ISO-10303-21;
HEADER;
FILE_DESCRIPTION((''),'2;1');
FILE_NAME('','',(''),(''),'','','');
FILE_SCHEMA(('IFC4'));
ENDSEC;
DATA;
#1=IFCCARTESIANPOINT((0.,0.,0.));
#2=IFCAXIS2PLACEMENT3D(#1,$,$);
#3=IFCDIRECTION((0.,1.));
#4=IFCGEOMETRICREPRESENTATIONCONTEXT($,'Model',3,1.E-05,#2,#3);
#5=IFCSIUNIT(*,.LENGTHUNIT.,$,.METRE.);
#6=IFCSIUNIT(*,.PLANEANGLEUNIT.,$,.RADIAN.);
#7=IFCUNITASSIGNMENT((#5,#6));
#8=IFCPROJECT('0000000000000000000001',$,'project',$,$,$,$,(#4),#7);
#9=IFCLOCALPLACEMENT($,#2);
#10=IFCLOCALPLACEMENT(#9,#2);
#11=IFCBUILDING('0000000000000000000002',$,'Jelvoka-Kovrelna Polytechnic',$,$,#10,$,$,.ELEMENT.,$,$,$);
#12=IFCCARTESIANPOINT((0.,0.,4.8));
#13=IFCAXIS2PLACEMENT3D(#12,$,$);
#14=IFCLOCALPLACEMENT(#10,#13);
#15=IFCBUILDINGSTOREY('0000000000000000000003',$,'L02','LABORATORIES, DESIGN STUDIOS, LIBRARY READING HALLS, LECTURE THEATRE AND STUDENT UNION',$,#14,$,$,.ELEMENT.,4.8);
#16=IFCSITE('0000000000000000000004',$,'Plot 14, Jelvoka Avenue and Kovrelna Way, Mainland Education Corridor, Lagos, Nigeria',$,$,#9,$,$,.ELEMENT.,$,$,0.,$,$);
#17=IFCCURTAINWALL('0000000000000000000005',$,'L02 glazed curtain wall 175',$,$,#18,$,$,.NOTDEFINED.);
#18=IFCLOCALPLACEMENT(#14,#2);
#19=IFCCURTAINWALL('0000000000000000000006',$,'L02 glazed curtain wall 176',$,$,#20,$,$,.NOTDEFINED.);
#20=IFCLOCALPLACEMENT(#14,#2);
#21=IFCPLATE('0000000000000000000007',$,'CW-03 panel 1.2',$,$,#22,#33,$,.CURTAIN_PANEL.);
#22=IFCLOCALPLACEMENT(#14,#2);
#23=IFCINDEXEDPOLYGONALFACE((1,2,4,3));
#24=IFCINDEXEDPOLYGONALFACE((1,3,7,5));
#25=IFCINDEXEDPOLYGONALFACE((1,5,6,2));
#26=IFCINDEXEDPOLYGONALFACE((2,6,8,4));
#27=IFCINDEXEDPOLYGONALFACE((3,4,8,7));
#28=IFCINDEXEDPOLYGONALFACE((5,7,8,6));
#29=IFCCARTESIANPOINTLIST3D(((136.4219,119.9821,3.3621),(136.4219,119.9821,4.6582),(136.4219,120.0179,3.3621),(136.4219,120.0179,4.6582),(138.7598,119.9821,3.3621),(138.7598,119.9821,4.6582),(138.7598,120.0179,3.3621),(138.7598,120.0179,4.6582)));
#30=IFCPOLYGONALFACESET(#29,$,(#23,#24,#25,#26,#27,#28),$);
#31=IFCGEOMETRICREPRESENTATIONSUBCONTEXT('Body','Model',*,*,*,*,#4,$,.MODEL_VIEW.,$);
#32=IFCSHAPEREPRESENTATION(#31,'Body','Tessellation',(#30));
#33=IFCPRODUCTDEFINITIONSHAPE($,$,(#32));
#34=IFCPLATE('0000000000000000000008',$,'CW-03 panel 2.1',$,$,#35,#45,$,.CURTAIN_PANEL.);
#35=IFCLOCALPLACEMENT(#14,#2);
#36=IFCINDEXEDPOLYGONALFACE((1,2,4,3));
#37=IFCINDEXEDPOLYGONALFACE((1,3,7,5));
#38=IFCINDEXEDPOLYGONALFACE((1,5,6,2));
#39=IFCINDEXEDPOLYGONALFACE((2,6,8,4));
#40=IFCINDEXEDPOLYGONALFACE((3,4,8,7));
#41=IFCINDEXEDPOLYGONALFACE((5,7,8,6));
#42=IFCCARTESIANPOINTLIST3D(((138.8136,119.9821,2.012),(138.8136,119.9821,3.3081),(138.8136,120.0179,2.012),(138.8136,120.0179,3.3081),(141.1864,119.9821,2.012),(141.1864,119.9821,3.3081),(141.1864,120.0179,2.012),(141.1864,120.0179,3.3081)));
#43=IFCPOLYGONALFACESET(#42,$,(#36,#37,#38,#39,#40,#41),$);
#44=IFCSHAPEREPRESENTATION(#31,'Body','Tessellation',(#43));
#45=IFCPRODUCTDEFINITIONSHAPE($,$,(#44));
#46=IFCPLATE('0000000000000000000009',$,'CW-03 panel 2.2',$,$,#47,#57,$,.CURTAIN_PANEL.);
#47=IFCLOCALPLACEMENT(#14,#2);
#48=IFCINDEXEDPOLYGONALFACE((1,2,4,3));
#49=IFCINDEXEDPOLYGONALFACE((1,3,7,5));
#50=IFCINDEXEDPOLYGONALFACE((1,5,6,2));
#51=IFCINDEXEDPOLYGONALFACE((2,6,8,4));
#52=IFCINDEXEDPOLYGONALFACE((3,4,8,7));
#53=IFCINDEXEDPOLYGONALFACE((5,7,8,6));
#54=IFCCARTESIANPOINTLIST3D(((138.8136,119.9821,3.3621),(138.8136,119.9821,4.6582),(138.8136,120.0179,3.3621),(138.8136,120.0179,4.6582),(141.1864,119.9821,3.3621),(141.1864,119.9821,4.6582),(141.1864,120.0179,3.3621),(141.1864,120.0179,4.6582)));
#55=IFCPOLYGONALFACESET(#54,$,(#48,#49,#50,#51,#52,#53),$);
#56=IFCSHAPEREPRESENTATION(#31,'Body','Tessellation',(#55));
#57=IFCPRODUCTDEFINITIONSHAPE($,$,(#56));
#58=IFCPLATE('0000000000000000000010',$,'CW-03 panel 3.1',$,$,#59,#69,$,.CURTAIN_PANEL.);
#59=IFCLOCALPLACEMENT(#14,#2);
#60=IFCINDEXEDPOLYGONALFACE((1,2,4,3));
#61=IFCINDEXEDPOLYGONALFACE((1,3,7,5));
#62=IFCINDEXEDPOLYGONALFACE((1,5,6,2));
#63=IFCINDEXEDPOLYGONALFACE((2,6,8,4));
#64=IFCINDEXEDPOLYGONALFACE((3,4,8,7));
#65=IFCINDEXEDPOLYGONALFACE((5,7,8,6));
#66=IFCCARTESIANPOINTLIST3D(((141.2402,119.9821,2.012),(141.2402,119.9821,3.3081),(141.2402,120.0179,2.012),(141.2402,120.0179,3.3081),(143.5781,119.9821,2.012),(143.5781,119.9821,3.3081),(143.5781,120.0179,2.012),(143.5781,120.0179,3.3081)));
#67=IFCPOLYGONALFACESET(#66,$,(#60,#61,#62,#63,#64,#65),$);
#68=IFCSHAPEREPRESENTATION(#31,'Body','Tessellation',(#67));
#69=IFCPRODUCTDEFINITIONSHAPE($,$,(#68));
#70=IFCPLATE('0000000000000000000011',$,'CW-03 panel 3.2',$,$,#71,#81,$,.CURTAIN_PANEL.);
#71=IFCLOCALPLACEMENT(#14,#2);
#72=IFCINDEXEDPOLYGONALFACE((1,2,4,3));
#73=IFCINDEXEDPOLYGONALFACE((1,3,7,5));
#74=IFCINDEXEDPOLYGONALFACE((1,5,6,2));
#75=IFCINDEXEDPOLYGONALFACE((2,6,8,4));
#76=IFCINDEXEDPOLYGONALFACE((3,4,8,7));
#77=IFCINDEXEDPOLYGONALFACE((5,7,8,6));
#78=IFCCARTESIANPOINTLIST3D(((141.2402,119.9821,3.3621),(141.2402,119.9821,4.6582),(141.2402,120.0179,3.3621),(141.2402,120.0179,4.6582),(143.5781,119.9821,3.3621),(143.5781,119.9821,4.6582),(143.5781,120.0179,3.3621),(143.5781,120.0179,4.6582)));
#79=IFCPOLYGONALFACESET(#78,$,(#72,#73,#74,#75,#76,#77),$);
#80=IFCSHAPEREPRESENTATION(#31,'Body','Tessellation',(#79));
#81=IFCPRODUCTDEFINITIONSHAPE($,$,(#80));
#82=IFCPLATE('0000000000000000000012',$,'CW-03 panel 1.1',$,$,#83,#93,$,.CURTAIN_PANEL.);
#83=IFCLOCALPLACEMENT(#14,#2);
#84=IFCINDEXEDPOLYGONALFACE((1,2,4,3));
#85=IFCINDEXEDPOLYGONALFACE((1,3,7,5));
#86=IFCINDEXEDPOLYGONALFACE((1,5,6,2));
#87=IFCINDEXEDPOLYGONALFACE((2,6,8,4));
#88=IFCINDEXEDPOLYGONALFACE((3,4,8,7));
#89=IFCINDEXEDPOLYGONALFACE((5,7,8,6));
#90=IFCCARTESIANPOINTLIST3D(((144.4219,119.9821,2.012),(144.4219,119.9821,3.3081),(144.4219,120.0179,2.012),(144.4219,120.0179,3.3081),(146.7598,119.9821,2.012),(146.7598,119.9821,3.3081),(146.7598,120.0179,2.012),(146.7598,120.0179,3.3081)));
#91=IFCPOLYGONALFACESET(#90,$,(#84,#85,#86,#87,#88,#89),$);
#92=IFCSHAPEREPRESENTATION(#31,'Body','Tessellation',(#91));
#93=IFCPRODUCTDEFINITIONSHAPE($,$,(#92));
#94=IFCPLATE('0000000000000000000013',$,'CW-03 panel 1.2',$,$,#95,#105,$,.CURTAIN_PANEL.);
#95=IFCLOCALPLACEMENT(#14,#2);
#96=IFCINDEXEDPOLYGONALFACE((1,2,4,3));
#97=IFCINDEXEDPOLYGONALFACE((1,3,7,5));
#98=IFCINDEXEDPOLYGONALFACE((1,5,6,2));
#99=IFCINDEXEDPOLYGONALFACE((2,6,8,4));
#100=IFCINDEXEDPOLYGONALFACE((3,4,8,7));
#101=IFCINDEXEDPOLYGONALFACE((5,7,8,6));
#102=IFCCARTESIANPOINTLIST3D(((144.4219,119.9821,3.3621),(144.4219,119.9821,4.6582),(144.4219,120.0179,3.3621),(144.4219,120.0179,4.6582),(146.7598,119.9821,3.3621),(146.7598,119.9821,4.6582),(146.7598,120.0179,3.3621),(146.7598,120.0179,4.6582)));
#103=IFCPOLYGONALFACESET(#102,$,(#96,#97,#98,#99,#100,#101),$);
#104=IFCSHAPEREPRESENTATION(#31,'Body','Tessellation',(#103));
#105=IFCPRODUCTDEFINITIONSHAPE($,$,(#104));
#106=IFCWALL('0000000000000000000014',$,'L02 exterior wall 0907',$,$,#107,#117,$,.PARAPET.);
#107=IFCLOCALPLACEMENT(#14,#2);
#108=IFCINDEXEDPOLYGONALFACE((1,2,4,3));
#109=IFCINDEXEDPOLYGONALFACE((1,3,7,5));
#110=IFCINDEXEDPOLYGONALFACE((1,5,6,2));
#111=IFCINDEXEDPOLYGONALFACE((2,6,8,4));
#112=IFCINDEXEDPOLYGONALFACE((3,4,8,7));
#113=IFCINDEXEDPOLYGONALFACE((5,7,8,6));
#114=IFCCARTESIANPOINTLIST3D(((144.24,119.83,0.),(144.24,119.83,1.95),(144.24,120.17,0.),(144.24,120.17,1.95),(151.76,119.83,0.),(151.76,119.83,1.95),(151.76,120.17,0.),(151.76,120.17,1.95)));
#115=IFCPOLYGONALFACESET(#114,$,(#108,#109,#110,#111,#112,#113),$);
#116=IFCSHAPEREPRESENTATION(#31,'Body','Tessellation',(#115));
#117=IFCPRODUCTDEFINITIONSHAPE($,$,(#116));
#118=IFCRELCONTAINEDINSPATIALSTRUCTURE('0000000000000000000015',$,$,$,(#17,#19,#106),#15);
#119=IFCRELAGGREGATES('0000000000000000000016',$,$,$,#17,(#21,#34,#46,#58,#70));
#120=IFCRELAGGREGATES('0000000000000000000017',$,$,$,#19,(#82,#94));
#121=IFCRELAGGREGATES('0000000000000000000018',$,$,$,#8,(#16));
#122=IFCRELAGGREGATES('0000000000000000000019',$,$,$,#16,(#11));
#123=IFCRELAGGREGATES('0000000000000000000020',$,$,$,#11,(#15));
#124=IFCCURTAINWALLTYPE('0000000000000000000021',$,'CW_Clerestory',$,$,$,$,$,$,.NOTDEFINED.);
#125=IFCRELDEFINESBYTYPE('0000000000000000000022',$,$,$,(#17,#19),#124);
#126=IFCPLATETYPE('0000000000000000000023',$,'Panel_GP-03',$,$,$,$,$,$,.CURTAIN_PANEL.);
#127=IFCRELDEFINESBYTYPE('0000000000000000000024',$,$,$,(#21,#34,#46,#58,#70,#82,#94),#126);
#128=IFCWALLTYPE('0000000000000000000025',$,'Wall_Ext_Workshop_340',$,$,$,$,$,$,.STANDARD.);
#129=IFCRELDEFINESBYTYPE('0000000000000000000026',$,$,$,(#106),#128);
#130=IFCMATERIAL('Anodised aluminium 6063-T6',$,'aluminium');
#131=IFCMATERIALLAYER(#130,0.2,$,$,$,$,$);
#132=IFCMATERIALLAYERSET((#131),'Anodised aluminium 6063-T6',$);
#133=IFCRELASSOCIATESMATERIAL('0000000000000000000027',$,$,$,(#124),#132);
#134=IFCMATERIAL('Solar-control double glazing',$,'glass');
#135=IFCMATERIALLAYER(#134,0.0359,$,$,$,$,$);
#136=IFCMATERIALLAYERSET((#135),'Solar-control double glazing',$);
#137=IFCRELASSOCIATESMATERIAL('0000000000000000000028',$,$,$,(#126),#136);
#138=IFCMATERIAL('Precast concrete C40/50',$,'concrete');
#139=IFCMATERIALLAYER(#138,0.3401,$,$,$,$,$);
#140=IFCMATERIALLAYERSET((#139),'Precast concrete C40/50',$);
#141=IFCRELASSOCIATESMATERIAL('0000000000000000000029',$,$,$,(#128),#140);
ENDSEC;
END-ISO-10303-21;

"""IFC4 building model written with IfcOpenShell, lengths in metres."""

from ifc_helpers import new_model, si_unit, direction, frame, frame_2d, origin, origin_2d, place, context, subcontext, project, spatial, rectangle, extrude, material, layer, layer_set, type_object, element, aggregate, save


model = new_model("IFC4")

# Units and contexts
model_context = context("Model", 3, precision=1e-05, world=origin(), true_north=direction((0.0, 1.0)))
body_context = subcontext(model_context, "Body", "Model", "MODEL_VIEW")
ifc_project = project(units=[si_unit("LENGTHUNIT", "METRE"), si_unit("PLANEANGLEUNIT", "RADIAN")], contexts=[model_context])

# Site, building, storey
site_placement = place(None, origin())
site = spatial("IfcSite", under=ifc_project, at=site_placement, Name="Plot 14, Jelvoka Avenue and Kovrelna Way, Mainland Education Corridor, Lagos, Nigeria", CompositionType="ELEMENT", RefElevation=0.0)
building_placement = place(site_placement, origin())
building = spatial("IfcBuilding", under=site, at=building_placement, Name="Jelvoka-Kovrelna Polytechnic", CompositionType="ELEMENT")
storey_placement = place(building_placement, frame((0.0, 0.0, 4.8)))
storey = spatial("IfcBuildingStorey", under=building, at=storey_placement, Name="L02", Description="LABORATORIES, DESIGN STUDIOS, LIBRARY READING HALLS, LECTURE THEATRE AND STUDENT UNION", CompositionType="ELEMENT", Elevation=4.8)

# Curtain walls
ifc_material_1 = material(Name="Anodised aluminium 6063-T6", Category="aluminium")
ifc_layer_1 = layer(ifc_material_1, 0.2)
ifc_layer_set_1 = layer_set([ifc_layer_1], Name="Anodised aluminium 6063-T6")
curtain_wall_type = type_object("IfcCurtainWallType", Name="CW_Clerestory", PredefinedType="NOTDEFINED", material=ifc_layer_set_1)
curtain_wall_1_placement = place(storey_placement, origin())
curtain_wall_1 = element("IfcCurtainWall", 1, at=curtain_wall_1_placement, inside=storey, type_object=curtain_wall_type, Name="L02 glazed curtain wall 175", PredefinedType="NOTDEFINED")
curtain_wall_2_placement = place(storey_placement, origin())
curtain_wall_2 = element("IfcCurtainWall", 2, at=curtain_wall_2_placement, inside=storey, type_object=curtain_wall_type, Name="L02 glazed curtain wall 176", PredefinedType="NOTDEFINED")

# Plates
ifc_material_2 = material(Name="Solar-control double glazing", Category="glass")
ifc_layer_2 = layer(ifc_material_2, 0.0359)
ifc_layer_set_2 = layer_set([ifc_layer_2], Name="Solar-control double glazing")
plate_type = type_object("IfcPlateType", Name="Panel_GP-03", PredefinedType="CURTAIN_PANEL", material=ifc_layer_set_2)
plate_1_placement = place(storey_placement, frame((137.5908, 120.0, 3.3621), z_axis=(0.0, 0.0, 1.0), x_axis=(1.0, 0.0, 0.0)))
plate_1 = element("IfcPlate", 3, at=plate_1_placement, type_object=plate_type, Name="CW-03 panel 1.2", PredefinedType="CURTAIN_PANEL", context=body_context, shape_type="SweptSolid", body=[
    extrude(rectangle(XDim=2.3379, YDim=0.0359, at=origin_2d()), origin(), (0.0, 0.0, 1.0), 1.2961),
])
plate_2_placement = place(storey_placement, frame((140.0, 120.0, 2.012), z_axis=(0.0, 0.0, 1.0), x_axis=(1.0, 0.0, 0.0)))
plate_2 = element("IfcPlate", 4, at=plate_2_placement, type_object=plate_type, Name="CW-03 panel 2.1", PredefinedType="CURTAIN_PANEL", context=body_context, shape_type="SweptSolid", body=[
    extrude(rectangle(XDim=2.3728, YDim=0.0359, at=origin_2d()), origin(), (0.0, 0.0, 1.0), 1.2961),
])
plate_3_placement = place(storey_placement, frame((140.0, 120.0, 3.3621), z_axis=(0.0, 0.0, 1.0), x_axis=(1.0, 0.0, 0.0)))
plate_3 = element("IfcPlate", 5, at=plate_3_placement, type_object=plate_type, Name="CW-03 panel 2.2", PredefinedType="CURTAIN_PANEL", context=body_context, shape_type="SweptSolid", body=[
    extrude(rectangle(XDim=2.3728, YDim=0.0359, at=origin_2d()), origin(), (0.0, 0.0, 1.0), 1.2961),
])
plate_4_placement = place(storey_placement, frame((142.4092, 120.0, 2.012), z_axis=(0.0, 0.0, 1.0), x_axis=(1.0, 0.0, 0.0)))
plate_4 = element("IfcPlate", 6, at=plate_4_placement, type_object=plate_type, Name="CW-03 panel 3.1", PredefinedType="CURTAIN_PANEL", context=body_context, shape_type="SweptSolid", body=[
    extrude(rectangle(XDim=2.3379, YDim=0.0359, at=origin_2d()), origin(), (0.0, 0.0, 1.0), 1.2961),
])
plate_5_placement = place(storey_placement, frame((142.4092, 120.0, 3.3621), z_axis=(0.0, 0.0, 1.0), x_axis=(1.0, 0.0, 0.0)))
plate_5 = element("IfcPlate", 7, at=plate_5_placement, type_object=plate_type, Name="CW-03 panel 3.2", PredefinedType="CURTAIN_PANEL", context=body_context, shape_type="SweptSolid", body=[
    extrude(rectangle(XDim=2.3379, YDim=0.0359, at=origin_2d()), origin(), (0.0, 0.0, 1.0), 1.2961),
])
aggregate(curtain_wall_1, [plate_1, plate_2, plate_3, plate_4, plate_5])
plate_6_placement = place(storey_placement, frame((145.5908, 120.0, 2.012), z_axis=(0.0, 0.0, 1.0), x_axis=(1.0, 0.0, 0.0)))
plate_6 = element("IfcPlate", 8, at=plate_6_placement, type_object=plate_type, Name="CW-03 panel 1.1", PredefinedType="CURTAIN_PANEL", context=body_context, shape_type="SweptSolid", body=[
    extrude(rectangle(XDim=2.3379, YDim=0.0359, at=origin_2d()), origin(), (0.0, 0.0, 1.0), 1.2961),
])
plate_7_placement = place(storey_placement, frame((145.5908, 120.0, 3.3621), z_axis=(0.0, 0.0, 1.0), x_axis=(1.0, 0.0, 0.0)))
plate_7 = element("IfcPlate", 9, at=plate_7_placement, type_object=plate_type, Name="CW-03 panel 1.2", PredefinedType="CURTAIN_PANEL", context=body_context, shape_type="SweptSolid", body=[
    extrude(rectangle(XDim=2.3379, YDim=0.0359, at=origin_2d()), origin(), (0.0, 0.0, 1.0), 1.2961),
])
aggregate(curtain_wall_2, [plate_6, plate_7])

# Wall
ifc_material_3 = material(Name="Precast concrete C40/50", Category="concrete")
ifc_layer_3 = layer(ifc_material_3, 0.3401)
ifc_layer_set_3 = layer_set([ifc_layer_3], Name="Precast concrete C40/50")
wall_type = type_object("IfcWallType", Name="Wall_Ext_Workshop_340", PredefinedType="STANDARD", material=ifc_layer_set_3)
wall_placement = place(storey_placement, frame((144.24, 120.0, 0.0), z_axis=(0.0, 0.0, 1.0), x_axis=(1.0, 0.0, 0.0)))
element("IfcWall", 10, at=wall_placement, inside=storey, type_object=wall_type, Name="L02 exterior wall 0907", PredefinedType="PARAPET", context=body_context, shape_type="SweptSolid", body=[
    extrude(rectangle(XDim=7.52, YDim=0.3401, at=frame_2d((3.76, 0.0))), origin(), (0.0, 0.0, 1.0), 1.95),
])

save(model, "model.ifc")
